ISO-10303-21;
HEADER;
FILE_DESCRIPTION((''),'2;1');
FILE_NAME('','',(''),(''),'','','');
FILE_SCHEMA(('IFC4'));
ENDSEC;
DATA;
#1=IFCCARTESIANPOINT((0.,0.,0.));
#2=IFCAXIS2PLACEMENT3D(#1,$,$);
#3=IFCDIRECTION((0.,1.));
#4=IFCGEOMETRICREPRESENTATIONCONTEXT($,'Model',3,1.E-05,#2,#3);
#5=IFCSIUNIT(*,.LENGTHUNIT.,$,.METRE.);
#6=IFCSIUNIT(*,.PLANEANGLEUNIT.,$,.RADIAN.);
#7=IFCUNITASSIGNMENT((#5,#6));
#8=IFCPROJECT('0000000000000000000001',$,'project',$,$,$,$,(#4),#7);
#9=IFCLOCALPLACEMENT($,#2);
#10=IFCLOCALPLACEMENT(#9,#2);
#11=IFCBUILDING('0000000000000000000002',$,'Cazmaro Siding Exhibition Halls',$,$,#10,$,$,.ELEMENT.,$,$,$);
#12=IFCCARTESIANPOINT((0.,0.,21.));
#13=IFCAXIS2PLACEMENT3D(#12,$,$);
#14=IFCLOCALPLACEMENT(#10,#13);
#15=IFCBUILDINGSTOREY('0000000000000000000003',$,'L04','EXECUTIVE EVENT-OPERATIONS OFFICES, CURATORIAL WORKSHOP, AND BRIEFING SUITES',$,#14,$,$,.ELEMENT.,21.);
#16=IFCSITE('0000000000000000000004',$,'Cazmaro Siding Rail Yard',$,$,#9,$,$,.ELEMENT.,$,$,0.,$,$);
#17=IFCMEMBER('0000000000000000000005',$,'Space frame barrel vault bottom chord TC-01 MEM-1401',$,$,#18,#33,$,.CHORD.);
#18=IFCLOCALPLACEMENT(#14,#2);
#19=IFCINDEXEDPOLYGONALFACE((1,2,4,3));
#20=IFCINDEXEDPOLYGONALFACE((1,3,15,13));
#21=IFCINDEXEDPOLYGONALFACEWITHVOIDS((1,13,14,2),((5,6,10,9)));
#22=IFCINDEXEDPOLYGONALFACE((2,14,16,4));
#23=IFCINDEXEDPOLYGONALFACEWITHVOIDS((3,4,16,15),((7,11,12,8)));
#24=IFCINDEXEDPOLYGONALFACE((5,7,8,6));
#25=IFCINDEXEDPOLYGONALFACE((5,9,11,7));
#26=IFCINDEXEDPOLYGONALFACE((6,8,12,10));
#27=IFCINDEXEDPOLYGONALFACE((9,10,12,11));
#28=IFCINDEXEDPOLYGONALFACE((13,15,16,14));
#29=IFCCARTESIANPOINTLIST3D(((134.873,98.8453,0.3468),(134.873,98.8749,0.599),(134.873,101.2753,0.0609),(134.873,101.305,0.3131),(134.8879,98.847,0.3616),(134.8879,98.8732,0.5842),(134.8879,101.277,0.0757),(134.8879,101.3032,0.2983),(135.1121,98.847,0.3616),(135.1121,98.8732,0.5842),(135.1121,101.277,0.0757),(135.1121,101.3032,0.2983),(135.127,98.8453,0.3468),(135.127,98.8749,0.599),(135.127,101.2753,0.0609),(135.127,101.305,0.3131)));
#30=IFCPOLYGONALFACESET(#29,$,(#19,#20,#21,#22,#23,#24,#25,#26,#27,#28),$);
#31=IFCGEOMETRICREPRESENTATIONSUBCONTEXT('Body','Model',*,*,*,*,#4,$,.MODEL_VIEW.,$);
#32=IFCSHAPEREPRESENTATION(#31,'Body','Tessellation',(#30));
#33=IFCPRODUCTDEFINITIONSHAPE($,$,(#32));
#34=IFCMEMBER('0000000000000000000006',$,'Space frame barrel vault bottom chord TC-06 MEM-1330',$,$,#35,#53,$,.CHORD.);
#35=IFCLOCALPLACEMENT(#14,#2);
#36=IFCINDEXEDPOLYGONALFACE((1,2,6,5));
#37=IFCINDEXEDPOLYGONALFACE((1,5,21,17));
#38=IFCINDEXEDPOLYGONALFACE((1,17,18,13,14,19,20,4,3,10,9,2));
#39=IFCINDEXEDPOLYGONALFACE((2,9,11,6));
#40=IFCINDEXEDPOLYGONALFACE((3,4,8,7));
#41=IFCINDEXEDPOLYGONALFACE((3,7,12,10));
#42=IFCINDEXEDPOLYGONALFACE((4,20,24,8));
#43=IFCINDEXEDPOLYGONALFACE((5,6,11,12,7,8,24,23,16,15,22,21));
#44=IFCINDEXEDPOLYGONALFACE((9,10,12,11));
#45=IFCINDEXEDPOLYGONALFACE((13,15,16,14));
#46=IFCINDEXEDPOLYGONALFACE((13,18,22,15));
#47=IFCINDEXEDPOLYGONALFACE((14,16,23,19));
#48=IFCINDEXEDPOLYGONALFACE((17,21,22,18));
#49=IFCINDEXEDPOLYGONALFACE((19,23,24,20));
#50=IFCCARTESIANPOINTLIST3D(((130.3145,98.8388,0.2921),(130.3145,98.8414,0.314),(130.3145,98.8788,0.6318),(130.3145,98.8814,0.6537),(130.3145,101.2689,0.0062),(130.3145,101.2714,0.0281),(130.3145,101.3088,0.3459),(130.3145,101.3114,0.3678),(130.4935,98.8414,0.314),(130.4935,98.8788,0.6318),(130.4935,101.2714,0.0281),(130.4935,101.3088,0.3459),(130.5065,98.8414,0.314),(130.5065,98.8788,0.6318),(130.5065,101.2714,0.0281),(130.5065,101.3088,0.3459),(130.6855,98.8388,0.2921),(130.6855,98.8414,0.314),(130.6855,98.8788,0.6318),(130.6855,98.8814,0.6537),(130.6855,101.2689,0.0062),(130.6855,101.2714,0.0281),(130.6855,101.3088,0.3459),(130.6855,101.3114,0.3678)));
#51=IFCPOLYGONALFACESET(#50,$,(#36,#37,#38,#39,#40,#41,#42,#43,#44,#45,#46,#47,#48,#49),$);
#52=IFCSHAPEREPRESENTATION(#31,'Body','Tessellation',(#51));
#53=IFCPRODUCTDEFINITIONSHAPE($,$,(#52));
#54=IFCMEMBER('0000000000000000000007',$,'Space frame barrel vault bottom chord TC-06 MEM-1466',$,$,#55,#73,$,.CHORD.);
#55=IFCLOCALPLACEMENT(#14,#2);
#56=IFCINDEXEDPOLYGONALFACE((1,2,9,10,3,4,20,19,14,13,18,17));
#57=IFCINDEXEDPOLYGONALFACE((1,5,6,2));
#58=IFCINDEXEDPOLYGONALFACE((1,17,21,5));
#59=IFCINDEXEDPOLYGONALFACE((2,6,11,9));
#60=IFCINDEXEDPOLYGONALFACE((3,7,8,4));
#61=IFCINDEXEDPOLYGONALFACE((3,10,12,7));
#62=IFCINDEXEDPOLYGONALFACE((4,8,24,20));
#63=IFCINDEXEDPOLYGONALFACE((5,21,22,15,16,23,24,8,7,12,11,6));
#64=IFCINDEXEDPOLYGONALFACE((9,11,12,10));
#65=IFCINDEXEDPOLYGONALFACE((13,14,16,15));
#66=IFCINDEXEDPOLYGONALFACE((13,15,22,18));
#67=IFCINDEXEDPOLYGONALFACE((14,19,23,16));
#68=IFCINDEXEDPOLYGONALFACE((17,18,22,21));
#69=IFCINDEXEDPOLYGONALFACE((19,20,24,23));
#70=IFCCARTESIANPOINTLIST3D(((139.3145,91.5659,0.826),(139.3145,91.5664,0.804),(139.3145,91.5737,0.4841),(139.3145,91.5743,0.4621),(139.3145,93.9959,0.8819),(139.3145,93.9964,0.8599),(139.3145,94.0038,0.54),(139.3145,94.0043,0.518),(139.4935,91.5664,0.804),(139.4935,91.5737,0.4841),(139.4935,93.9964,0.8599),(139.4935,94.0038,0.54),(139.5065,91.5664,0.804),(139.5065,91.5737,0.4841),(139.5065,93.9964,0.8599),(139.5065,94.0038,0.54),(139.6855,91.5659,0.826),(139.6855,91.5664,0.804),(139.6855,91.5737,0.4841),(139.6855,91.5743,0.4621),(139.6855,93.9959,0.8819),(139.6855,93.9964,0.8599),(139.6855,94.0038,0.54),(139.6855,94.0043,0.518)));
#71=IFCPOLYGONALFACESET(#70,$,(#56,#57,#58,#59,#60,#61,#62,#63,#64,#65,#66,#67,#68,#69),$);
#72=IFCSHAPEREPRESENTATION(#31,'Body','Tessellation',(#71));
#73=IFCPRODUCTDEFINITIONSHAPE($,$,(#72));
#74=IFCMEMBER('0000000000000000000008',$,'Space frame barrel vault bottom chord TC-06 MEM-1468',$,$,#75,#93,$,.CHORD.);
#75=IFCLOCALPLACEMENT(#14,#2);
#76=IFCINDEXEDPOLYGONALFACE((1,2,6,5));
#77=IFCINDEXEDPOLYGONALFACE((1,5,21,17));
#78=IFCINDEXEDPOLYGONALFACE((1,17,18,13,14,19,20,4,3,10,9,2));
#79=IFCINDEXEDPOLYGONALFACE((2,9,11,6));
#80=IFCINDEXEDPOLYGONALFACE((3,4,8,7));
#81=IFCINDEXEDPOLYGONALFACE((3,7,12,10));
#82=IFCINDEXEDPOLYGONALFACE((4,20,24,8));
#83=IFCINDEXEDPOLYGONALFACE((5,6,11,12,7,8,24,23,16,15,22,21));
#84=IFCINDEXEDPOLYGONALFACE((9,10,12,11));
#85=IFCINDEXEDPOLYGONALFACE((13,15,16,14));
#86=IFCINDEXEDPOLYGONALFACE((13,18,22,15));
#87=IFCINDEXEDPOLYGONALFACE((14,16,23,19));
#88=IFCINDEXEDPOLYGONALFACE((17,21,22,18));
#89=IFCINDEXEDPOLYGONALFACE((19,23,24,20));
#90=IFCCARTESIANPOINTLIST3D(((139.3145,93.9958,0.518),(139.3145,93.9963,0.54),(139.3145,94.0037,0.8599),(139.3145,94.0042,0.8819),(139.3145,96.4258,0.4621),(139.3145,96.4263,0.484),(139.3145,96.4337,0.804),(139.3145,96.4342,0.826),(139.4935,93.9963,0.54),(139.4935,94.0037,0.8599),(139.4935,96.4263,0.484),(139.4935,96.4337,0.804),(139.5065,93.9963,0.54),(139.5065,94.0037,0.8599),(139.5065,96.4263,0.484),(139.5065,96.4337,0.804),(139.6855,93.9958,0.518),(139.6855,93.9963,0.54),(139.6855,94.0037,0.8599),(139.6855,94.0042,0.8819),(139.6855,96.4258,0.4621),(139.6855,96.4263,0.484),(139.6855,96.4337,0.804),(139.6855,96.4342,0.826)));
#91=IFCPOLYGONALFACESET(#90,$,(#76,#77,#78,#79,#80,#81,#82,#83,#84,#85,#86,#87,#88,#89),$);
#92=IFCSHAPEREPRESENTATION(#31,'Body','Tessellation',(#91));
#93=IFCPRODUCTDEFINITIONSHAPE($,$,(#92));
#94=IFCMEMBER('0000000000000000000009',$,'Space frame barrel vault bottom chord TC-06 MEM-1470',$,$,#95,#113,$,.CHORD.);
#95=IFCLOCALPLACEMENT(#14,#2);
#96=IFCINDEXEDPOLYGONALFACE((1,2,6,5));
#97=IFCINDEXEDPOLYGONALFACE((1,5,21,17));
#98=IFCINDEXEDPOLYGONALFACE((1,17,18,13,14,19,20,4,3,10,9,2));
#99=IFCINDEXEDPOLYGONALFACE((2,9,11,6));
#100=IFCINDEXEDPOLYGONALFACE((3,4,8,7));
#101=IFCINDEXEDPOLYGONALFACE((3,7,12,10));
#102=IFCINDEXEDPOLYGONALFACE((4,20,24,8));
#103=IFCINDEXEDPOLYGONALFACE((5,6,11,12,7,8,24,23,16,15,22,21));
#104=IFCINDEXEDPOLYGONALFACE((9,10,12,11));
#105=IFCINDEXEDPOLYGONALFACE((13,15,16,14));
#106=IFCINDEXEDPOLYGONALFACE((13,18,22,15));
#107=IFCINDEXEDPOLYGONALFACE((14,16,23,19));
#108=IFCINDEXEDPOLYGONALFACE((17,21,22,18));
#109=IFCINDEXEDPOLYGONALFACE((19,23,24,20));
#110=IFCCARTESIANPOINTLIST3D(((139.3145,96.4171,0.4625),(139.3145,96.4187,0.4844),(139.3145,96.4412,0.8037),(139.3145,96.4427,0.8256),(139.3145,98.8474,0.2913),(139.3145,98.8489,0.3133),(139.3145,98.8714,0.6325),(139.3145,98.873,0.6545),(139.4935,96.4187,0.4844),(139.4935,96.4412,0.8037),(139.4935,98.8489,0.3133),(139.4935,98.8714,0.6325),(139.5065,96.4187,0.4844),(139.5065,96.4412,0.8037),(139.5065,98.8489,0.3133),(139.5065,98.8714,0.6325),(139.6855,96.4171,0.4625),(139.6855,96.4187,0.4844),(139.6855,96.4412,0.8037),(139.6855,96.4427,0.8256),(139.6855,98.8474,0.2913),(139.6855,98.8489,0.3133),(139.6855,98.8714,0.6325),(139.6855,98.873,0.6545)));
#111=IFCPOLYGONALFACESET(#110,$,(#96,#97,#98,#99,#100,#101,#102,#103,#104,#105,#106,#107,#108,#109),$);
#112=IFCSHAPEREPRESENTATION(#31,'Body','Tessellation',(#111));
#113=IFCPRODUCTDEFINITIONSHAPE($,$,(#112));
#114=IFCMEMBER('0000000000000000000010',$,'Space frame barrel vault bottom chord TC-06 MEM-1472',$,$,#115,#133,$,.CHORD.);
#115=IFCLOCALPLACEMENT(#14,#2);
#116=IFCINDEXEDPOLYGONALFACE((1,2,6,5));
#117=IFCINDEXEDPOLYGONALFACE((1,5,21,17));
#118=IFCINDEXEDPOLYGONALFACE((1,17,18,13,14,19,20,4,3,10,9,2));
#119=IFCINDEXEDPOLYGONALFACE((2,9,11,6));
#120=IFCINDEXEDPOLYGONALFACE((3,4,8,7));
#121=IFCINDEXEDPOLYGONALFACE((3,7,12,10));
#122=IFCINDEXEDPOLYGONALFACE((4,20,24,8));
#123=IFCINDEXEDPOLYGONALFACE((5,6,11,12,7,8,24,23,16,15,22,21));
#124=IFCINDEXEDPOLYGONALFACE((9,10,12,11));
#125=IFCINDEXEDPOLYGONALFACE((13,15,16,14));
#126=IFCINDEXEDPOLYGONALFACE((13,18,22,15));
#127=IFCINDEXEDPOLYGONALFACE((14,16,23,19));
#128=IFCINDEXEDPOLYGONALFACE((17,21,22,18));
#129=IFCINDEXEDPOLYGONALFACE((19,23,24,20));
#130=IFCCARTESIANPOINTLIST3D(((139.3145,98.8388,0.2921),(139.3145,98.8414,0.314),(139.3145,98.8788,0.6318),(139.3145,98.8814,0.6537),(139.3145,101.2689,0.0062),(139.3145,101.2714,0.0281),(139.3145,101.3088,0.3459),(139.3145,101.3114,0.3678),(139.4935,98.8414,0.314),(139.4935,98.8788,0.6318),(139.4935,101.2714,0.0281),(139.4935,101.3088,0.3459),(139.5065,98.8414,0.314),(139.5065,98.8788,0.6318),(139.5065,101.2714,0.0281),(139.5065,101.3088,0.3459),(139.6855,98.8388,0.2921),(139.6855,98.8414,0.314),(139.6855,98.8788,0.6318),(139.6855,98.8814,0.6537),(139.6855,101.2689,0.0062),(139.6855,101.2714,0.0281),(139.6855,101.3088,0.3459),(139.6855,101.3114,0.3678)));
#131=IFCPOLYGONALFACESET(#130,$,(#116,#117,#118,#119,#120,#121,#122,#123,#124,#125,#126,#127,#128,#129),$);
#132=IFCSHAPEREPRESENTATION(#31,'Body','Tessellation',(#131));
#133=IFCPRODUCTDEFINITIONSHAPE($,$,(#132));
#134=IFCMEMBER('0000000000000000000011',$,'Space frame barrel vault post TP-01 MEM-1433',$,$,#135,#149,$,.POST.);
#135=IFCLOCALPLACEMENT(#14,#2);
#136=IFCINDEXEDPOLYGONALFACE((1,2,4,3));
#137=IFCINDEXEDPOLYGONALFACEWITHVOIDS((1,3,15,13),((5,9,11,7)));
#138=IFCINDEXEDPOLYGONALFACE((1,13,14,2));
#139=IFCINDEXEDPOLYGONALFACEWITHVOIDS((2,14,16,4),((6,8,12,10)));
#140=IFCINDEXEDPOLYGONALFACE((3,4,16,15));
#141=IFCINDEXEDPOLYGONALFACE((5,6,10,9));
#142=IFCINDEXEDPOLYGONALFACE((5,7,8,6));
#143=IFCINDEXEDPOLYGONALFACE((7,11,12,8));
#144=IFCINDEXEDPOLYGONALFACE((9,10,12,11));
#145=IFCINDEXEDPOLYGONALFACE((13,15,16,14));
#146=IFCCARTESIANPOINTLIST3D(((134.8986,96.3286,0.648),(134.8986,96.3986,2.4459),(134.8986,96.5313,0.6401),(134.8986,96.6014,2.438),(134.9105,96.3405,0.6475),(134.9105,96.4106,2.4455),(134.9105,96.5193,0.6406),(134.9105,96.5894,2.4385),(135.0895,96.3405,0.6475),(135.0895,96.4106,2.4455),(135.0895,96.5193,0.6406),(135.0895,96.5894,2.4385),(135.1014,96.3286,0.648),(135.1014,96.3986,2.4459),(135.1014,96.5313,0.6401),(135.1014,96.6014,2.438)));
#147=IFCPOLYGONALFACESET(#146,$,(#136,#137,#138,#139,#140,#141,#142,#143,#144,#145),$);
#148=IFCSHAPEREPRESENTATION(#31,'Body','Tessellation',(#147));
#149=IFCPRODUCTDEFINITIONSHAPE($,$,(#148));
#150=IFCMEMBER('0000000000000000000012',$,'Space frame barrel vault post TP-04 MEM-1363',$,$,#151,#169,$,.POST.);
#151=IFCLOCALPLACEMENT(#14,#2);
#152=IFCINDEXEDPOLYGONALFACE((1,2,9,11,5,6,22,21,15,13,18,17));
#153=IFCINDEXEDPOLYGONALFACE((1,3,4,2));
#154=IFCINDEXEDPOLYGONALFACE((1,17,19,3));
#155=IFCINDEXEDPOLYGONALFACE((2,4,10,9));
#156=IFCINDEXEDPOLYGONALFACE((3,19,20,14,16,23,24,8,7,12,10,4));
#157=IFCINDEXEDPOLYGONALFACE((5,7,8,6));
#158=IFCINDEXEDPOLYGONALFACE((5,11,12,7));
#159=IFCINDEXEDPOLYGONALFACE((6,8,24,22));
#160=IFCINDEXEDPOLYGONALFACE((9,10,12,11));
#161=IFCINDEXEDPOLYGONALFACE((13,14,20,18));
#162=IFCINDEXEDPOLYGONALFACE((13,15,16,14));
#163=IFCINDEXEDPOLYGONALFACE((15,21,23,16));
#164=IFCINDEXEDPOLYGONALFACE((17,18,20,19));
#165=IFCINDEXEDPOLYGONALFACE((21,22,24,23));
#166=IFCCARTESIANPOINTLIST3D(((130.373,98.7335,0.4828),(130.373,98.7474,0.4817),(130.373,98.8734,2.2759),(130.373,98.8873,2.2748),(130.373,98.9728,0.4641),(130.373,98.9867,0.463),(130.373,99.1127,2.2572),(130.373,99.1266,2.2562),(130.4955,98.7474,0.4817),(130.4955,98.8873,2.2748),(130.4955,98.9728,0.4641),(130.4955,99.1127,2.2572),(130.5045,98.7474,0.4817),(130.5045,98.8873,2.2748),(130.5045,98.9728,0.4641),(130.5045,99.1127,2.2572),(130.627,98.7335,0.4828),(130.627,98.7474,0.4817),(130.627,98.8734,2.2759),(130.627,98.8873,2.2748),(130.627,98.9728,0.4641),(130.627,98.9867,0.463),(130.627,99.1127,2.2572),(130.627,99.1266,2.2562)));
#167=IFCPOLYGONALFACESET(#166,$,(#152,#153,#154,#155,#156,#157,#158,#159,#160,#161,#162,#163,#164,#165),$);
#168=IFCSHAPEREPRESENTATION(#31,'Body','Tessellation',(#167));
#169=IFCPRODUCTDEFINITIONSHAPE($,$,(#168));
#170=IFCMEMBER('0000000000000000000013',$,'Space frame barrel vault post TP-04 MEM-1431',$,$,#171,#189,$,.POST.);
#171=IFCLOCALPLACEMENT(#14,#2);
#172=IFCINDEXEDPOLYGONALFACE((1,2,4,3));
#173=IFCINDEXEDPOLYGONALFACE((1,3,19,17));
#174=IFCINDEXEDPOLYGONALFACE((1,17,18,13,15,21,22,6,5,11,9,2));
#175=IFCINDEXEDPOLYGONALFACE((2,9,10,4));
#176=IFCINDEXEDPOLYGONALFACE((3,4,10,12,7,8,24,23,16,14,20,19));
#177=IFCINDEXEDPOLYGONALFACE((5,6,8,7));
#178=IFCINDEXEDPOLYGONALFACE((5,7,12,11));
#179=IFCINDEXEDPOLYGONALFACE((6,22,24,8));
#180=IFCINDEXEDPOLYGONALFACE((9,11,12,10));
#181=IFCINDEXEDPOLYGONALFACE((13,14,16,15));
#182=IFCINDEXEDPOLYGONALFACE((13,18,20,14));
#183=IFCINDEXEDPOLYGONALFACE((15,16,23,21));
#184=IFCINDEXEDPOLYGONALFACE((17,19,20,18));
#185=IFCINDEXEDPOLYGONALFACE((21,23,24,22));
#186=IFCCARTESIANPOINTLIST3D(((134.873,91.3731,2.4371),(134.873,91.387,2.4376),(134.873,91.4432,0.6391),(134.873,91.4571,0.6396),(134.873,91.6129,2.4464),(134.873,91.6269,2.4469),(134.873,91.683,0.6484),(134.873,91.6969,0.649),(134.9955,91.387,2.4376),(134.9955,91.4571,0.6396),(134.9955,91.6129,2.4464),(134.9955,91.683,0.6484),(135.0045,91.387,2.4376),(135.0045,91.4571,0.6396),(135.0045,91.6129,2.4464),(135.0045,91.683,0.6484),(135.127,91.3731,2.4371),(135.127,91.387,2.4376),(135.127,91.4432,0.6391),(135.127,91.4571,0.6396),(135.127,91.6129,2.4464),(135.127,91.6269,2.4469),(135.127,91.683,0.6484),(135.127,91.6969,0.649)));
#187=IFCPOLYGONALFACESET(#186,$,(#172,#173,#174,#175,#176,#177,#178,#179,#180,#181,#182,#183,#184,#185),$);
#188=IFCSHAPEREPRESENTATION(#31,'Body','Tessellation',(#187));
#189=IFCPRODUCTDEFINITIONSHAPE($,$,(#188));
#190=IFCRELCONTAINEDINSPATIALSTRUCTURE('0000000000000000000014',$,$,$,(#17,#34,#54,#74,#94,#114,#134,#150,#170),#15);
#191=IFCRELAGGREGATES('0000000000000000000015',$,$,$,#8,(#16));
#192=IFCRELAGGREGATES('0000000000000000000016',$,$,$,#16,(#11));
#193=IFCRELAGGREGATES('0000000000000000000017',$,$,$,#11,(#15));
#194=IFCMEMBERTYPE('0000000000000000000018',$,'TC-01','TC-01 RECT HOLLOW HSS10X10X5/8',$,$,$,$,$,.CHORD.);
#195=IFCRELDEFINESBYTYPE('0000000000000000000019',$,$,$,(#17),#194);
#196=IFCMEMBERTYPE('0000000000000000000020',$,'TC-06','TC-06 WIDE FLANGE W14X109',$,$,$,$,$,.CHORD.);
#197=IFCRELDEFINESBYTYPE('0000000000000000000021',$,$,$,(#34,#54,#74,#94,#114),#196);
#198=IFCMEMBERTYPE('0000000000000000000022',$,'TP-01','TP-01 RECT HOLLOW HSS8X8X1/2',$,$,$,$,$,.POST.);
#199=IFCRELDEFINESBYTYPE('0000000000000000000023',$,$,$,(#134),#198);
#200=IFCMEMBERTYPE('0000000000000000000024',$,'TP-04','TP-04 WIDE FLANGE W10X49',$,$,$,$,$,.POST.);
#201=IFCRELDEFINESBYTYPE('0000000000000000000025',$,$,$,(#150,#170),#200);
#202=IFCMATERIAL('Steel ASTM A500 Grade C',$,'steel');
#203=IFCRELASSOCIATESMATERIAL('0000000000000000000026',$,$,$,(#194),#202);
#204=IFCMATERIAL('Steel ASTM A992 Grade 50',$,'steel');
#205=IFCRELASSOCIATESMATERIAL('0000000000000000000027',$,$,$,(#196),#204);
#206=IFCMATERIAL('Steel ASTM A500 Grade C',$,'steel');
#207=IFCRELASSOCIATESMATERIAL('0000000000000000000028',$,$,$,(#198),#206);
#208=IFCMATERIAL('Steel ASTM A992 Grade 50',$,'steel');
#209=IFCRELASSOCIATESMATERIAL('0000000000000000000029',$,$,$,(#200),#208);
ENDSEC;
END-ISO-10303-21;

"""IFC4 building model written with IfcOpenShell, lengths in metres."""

from ifc_helpers import new_model, si_unit, direction, frame, origin, origin_2d, place, context, subcontext, project, spatial, hollow_rectangle, i_section, extrude, material, material_profile, profile_set, type_object, element, save


model = new_model("IFC4")

# Units and contexts
model_context = context("Model", 3, precision=1e-05, world=origin(), true_north=direction((0.0, 1.0)))
body_context = subcontext(model_context, "Body", "Model", "MODEL_VIEW")
ifc_project = project(units=[si_unit("LENGTHUNIT", "METRE"), si_unit("PLANEANGLEUNIT", "RADIAN")], contexts=[model_context])

# Site, building, storey
site_placement = place(None, origin())
site = spatial("IfcSite", under=ifc_project, at=site_placement, Name="Cazmaro Siding Rail Yard", CompositionType="ELEMENT", RefElevation=0.0)
building_placement = place(site_placement, origin())
building = spatial("IfcBuilding", under=site, at=building_placement, Name="Cazmaro Siding Exhibition Halls", CompositionType="ELEMENT")
storey_placement = place(building_placement, frame((0.0, 0.0, 21.0)))
storey = spatial("IfcBuildingStorey", under=building, at=storey_placement, Name="L04", Description="EXECUTIVE EVENT-OPERATIONS OFFICES, CURATORIAL WORKSHOP, AND BRIEFING SUITES", CompositionType="ELEMENT", Elevation=21.0)

# Members
ifc_material_1 = material(Name="Steel ASTM A500 Grade C", Category="steel")
ifc_material_profile_1 = material_profile(ifc_material_1, hollow_rectangle(XDim=0.2539, YDim=0.2539, WallThickness=0.0149, at=origin_2d()), Name="HSS10X10X5/8")
ifc_profile_set_1 = profile_set([ifc_material_profile_1], Name="Steel ASTM A500 Grade C")
member_type_1 = type_object("IfcMemberType", Name="TC-01", Description="TC-01 RECT HOLLOW HSS10X10X5/8", PredefinedType="CHORD", material=ifc_profile_set_1)
member_1_placement = place(storey_placement, frame((135.0, 98.8601, 0.4729), z_axis=(0.0, 0.99315, -0.116847), x_axis=(-1.0, 0.0, 0.0)))
element("IfcMember", 1, at=member_1_placement, inside=storey, type_object=member_type_1, Name="Space frame barrel vault bottom chord TC-01 MEM-1401", PredefinedType="CHORD", context=body_context, shape_type="SweptSolid", body=[
    extrude(hollow_rectangle(XDim=0.2539, YDim=0.2539, WallThickness=0.0149, at=origin_2d()), origin(), (0.0, 0.0, 1.0), 2.4468),
])
ifc_material_2 = material(Name="Steel ASTM A992 Grade 50", Category="steel")
ifc_material_profile_2 = material_profile(ifc_material_2, i_section(OverallWidth=0.3711, OverallDepth=0.364, WebThickness=0.0129, FlangeThickness=0.022, at=origin_2d()), Name="W14X109")
ifc_profile_set_2 = profile_set([ifc_material_profile_2], Name="Steel ASTM A992 Grade 50")
member_type_2 = type_object("IfcMemberType", Name="TC-06", Description="TC-06 WIDE FLANGE W14X109", PredefinedType="CHORD", material=ifc_profile_set_2)
member_2_placement = place(storey_placement, frame((130.5, 98.8601, 0.4729), z_axis=(0.0, 0.99315, -0.116847), x_axis=(-1.0, 0.0, 0.0)))
element("IfcMember", 2, at=member_2_placement, inside=storey, type_object=member_type_2, Name="Space frame barrel vault bottom chord TC-06 MEM-1330", PredefinedType="CHORD", context=body_context, shape_type="SweptSolid", body=[
    extrude(i_section(OverallWidth=0.3711, OverallDepth=0.364, WebThickness=0.0129, FlangeThickness=0.022, at=origin_2d()), origin(), (0.0, 0.0, 1.0), 2.4468),
])
for number, where, z_axis, x_axis, name in (
    (3, (139.5, 91.5701, 0.644), (0.0, 0.999735, 0.023002), (-1.0, 0.0, 0.0), "Space frame barrel vault bottom chord TC-06 MEM-1466"),
    (4, (139.5, 94.0, 0.7), (0.0, 0.999735, -0.023002), (-1.0, 0.0, 0.0), "Space frame barrel vault bottom chord TC-06 MEM-1468"),
):
    element("IfcMember", number, at=place(storey_placement, frame(where, z_axis=z_axis, x_axis=x_axis)), inside=storey, type_object=member_type_2, Name=name, PredefinedType="CHORD", context=body_context, shape_type="SweptSolid", body=[
        extrude(i_section(OverallWidth=0.3711, OverallDepth=0.364, WebThickness=0.0129, FlangeThickness=0.022, at=origin_2d()), origin(), (0.0, 0.0, 1.0), 2.4307),
    ])
member_3_placement = place(storey_placement, frame((139.5, 96.4299, 0.644), z_axis=(0.0, 0.997529, -0.07025), x_axis=(-1.0, 0.0, 0.0)))
element("IfcMember", 5, at=member_3_placement, inside=storey, type_object=member_type_2, Name="Space frame barrel vault bottom chord TC-06 MEM-1470", PredefinedType="CHORD", context=body_context, shape_type="SweptSolid", body=[
    extrude(i_section(OverallWidth=0.3711, OverallDepth=0.364, WebThickness=0.0129, FlangeThickness=0.022, at=origin_2d()), origin(), (0.0, 0.0, 1.0), 2.4363),
])
member_4_placement = place(storey_placement, frame((139.5, 98.8601, 0.4729), z_axis=(0.0, 0.99315, -0.116847), x_axis=(-1.0, 0.0, 0.0)))
element("IfcMember", 6, at=member_4_placement, inside=storey, type_object=member_type_2, Name="Space frame barrel vault bottom chord TC-06 MEM-1472", PredefinedType="CHORD", context=body_context, shape_type="SweptSolid", body=[
    extrude(i_section(OverallWidth=0.3711, OverallDepth=0.364, WebThickness=0.0129, FlangeThickness=0.022, at=origin_2d()), origin(), (0.0, 0.0, 1.0), 2.4468),
])
ifc_material_3 = material(Name="Steel ASTM A500 Grade C", Category="steel")
ifc_material_profile_3 = material_profile(ifc_material_3, hollow_rectangle(XDim=0.2029, YDim=0.2029, WallThickness=0.012, at=origin_2d()), Name="HSS8X8X1/2")
ifc_profile_set_3 = profile_set([ifc_material_profile_3], Name="Steel ASTM A500 Grade C")
member_type_3 = type_object("IfcMemberType", Name="TP-01", Description="TP-01 RECT HOLLOW HSS8X8X1/2", PredefinedType="POST", material=ifc_profile_set_3)
member_5_placement = place(storey_placement, frame((135.0, 96.4299, 0.644), z_axis=(0.0, 0.038944, 0.999241), x_axis=(-1.0, 0.0, 0.0)))
element("IfcMember", 7, at=member_5_placement, inside=storey, type_object=member_type_3, Name="Space frame barrel vault post TP-01 MEM-1433", PredefinedType="POST", context=body_context, shape_type="SweptSolid", body=[
    extrude(hollow_rectangle(XDim=0.2029, YDim=0.2029, WallThickness=0.012, at=origin_2d()), origin(), (0.0, 0.0, 1.0), 1.7993),
])
ifc_material_4 = material(Name="Steel ASTM A992 Grade 50", Category="steel")
ifc_material_profile_4 = material_profile(ifc_material_4, i_section(OverallWidth=0.2539, OverallDepth=0.2539, WebThickness=0.009, FlangeThickness=0.0139, at=origin_2d()), Name="W10X49")
ifc_profile_set_4 = profile_set([ifc_material_profile_4], Name="Steel ASTM A992 Grade 50")
member_type_4 = type_object("IfcMemberType", Name="TP-04", Description="TP-04 WIDE FLANGE W10X49", PredefinedType="POST", material=ifc_profile_set_4)
member_6_placement = place(storey_placement, frame((130.5, 98.8601, 0.4729), z_axis=(0.0, 0.077776, 0.996971), x_axis=(-1.0, 0.0, 0.0)))
element("IfcMember", 8, at=member_6_placement, inside=storey, type_object=member_type_4, Name="Space frame barrel vault post TP-04 MEM-1363", PredefinedType="POST", context=body_context, shape_type="SweptSolid", body=[
    extrude(i_section(OverallWidth=0.2539, OverallDepth=0.2539, WebThickness=0.009, FlangeThickness=0.0139, at=origin_2d()), origin(), (0.0, 0.0, 1.0), 1.7986),
])
member_7_placement = place(storey_placement, frame((135.0, 91.5701, 0.644), z_axis=(0.0, -0.038944, 0.999241), x_axis=(1.0, 0.0, 0.0)))
element("IfcMember", 9, at=member_7_placement, inside=storey, type_object=member_type_4, Name="Space frame barrel vault post TP-04 MEM-1431", PredefinedType="POST", context=body_context, shape_type="SweptSolid", body=[
    extrude(i_section(OverallWidth=0.2539, OverallDepth=0.2539, WebThickness=0.009, FlangeThickness=0.0139, at=origin_2d()), origin(), (0.0, 0.0, 1.0), 1.7993),
])

save(model, "model.ifc")
